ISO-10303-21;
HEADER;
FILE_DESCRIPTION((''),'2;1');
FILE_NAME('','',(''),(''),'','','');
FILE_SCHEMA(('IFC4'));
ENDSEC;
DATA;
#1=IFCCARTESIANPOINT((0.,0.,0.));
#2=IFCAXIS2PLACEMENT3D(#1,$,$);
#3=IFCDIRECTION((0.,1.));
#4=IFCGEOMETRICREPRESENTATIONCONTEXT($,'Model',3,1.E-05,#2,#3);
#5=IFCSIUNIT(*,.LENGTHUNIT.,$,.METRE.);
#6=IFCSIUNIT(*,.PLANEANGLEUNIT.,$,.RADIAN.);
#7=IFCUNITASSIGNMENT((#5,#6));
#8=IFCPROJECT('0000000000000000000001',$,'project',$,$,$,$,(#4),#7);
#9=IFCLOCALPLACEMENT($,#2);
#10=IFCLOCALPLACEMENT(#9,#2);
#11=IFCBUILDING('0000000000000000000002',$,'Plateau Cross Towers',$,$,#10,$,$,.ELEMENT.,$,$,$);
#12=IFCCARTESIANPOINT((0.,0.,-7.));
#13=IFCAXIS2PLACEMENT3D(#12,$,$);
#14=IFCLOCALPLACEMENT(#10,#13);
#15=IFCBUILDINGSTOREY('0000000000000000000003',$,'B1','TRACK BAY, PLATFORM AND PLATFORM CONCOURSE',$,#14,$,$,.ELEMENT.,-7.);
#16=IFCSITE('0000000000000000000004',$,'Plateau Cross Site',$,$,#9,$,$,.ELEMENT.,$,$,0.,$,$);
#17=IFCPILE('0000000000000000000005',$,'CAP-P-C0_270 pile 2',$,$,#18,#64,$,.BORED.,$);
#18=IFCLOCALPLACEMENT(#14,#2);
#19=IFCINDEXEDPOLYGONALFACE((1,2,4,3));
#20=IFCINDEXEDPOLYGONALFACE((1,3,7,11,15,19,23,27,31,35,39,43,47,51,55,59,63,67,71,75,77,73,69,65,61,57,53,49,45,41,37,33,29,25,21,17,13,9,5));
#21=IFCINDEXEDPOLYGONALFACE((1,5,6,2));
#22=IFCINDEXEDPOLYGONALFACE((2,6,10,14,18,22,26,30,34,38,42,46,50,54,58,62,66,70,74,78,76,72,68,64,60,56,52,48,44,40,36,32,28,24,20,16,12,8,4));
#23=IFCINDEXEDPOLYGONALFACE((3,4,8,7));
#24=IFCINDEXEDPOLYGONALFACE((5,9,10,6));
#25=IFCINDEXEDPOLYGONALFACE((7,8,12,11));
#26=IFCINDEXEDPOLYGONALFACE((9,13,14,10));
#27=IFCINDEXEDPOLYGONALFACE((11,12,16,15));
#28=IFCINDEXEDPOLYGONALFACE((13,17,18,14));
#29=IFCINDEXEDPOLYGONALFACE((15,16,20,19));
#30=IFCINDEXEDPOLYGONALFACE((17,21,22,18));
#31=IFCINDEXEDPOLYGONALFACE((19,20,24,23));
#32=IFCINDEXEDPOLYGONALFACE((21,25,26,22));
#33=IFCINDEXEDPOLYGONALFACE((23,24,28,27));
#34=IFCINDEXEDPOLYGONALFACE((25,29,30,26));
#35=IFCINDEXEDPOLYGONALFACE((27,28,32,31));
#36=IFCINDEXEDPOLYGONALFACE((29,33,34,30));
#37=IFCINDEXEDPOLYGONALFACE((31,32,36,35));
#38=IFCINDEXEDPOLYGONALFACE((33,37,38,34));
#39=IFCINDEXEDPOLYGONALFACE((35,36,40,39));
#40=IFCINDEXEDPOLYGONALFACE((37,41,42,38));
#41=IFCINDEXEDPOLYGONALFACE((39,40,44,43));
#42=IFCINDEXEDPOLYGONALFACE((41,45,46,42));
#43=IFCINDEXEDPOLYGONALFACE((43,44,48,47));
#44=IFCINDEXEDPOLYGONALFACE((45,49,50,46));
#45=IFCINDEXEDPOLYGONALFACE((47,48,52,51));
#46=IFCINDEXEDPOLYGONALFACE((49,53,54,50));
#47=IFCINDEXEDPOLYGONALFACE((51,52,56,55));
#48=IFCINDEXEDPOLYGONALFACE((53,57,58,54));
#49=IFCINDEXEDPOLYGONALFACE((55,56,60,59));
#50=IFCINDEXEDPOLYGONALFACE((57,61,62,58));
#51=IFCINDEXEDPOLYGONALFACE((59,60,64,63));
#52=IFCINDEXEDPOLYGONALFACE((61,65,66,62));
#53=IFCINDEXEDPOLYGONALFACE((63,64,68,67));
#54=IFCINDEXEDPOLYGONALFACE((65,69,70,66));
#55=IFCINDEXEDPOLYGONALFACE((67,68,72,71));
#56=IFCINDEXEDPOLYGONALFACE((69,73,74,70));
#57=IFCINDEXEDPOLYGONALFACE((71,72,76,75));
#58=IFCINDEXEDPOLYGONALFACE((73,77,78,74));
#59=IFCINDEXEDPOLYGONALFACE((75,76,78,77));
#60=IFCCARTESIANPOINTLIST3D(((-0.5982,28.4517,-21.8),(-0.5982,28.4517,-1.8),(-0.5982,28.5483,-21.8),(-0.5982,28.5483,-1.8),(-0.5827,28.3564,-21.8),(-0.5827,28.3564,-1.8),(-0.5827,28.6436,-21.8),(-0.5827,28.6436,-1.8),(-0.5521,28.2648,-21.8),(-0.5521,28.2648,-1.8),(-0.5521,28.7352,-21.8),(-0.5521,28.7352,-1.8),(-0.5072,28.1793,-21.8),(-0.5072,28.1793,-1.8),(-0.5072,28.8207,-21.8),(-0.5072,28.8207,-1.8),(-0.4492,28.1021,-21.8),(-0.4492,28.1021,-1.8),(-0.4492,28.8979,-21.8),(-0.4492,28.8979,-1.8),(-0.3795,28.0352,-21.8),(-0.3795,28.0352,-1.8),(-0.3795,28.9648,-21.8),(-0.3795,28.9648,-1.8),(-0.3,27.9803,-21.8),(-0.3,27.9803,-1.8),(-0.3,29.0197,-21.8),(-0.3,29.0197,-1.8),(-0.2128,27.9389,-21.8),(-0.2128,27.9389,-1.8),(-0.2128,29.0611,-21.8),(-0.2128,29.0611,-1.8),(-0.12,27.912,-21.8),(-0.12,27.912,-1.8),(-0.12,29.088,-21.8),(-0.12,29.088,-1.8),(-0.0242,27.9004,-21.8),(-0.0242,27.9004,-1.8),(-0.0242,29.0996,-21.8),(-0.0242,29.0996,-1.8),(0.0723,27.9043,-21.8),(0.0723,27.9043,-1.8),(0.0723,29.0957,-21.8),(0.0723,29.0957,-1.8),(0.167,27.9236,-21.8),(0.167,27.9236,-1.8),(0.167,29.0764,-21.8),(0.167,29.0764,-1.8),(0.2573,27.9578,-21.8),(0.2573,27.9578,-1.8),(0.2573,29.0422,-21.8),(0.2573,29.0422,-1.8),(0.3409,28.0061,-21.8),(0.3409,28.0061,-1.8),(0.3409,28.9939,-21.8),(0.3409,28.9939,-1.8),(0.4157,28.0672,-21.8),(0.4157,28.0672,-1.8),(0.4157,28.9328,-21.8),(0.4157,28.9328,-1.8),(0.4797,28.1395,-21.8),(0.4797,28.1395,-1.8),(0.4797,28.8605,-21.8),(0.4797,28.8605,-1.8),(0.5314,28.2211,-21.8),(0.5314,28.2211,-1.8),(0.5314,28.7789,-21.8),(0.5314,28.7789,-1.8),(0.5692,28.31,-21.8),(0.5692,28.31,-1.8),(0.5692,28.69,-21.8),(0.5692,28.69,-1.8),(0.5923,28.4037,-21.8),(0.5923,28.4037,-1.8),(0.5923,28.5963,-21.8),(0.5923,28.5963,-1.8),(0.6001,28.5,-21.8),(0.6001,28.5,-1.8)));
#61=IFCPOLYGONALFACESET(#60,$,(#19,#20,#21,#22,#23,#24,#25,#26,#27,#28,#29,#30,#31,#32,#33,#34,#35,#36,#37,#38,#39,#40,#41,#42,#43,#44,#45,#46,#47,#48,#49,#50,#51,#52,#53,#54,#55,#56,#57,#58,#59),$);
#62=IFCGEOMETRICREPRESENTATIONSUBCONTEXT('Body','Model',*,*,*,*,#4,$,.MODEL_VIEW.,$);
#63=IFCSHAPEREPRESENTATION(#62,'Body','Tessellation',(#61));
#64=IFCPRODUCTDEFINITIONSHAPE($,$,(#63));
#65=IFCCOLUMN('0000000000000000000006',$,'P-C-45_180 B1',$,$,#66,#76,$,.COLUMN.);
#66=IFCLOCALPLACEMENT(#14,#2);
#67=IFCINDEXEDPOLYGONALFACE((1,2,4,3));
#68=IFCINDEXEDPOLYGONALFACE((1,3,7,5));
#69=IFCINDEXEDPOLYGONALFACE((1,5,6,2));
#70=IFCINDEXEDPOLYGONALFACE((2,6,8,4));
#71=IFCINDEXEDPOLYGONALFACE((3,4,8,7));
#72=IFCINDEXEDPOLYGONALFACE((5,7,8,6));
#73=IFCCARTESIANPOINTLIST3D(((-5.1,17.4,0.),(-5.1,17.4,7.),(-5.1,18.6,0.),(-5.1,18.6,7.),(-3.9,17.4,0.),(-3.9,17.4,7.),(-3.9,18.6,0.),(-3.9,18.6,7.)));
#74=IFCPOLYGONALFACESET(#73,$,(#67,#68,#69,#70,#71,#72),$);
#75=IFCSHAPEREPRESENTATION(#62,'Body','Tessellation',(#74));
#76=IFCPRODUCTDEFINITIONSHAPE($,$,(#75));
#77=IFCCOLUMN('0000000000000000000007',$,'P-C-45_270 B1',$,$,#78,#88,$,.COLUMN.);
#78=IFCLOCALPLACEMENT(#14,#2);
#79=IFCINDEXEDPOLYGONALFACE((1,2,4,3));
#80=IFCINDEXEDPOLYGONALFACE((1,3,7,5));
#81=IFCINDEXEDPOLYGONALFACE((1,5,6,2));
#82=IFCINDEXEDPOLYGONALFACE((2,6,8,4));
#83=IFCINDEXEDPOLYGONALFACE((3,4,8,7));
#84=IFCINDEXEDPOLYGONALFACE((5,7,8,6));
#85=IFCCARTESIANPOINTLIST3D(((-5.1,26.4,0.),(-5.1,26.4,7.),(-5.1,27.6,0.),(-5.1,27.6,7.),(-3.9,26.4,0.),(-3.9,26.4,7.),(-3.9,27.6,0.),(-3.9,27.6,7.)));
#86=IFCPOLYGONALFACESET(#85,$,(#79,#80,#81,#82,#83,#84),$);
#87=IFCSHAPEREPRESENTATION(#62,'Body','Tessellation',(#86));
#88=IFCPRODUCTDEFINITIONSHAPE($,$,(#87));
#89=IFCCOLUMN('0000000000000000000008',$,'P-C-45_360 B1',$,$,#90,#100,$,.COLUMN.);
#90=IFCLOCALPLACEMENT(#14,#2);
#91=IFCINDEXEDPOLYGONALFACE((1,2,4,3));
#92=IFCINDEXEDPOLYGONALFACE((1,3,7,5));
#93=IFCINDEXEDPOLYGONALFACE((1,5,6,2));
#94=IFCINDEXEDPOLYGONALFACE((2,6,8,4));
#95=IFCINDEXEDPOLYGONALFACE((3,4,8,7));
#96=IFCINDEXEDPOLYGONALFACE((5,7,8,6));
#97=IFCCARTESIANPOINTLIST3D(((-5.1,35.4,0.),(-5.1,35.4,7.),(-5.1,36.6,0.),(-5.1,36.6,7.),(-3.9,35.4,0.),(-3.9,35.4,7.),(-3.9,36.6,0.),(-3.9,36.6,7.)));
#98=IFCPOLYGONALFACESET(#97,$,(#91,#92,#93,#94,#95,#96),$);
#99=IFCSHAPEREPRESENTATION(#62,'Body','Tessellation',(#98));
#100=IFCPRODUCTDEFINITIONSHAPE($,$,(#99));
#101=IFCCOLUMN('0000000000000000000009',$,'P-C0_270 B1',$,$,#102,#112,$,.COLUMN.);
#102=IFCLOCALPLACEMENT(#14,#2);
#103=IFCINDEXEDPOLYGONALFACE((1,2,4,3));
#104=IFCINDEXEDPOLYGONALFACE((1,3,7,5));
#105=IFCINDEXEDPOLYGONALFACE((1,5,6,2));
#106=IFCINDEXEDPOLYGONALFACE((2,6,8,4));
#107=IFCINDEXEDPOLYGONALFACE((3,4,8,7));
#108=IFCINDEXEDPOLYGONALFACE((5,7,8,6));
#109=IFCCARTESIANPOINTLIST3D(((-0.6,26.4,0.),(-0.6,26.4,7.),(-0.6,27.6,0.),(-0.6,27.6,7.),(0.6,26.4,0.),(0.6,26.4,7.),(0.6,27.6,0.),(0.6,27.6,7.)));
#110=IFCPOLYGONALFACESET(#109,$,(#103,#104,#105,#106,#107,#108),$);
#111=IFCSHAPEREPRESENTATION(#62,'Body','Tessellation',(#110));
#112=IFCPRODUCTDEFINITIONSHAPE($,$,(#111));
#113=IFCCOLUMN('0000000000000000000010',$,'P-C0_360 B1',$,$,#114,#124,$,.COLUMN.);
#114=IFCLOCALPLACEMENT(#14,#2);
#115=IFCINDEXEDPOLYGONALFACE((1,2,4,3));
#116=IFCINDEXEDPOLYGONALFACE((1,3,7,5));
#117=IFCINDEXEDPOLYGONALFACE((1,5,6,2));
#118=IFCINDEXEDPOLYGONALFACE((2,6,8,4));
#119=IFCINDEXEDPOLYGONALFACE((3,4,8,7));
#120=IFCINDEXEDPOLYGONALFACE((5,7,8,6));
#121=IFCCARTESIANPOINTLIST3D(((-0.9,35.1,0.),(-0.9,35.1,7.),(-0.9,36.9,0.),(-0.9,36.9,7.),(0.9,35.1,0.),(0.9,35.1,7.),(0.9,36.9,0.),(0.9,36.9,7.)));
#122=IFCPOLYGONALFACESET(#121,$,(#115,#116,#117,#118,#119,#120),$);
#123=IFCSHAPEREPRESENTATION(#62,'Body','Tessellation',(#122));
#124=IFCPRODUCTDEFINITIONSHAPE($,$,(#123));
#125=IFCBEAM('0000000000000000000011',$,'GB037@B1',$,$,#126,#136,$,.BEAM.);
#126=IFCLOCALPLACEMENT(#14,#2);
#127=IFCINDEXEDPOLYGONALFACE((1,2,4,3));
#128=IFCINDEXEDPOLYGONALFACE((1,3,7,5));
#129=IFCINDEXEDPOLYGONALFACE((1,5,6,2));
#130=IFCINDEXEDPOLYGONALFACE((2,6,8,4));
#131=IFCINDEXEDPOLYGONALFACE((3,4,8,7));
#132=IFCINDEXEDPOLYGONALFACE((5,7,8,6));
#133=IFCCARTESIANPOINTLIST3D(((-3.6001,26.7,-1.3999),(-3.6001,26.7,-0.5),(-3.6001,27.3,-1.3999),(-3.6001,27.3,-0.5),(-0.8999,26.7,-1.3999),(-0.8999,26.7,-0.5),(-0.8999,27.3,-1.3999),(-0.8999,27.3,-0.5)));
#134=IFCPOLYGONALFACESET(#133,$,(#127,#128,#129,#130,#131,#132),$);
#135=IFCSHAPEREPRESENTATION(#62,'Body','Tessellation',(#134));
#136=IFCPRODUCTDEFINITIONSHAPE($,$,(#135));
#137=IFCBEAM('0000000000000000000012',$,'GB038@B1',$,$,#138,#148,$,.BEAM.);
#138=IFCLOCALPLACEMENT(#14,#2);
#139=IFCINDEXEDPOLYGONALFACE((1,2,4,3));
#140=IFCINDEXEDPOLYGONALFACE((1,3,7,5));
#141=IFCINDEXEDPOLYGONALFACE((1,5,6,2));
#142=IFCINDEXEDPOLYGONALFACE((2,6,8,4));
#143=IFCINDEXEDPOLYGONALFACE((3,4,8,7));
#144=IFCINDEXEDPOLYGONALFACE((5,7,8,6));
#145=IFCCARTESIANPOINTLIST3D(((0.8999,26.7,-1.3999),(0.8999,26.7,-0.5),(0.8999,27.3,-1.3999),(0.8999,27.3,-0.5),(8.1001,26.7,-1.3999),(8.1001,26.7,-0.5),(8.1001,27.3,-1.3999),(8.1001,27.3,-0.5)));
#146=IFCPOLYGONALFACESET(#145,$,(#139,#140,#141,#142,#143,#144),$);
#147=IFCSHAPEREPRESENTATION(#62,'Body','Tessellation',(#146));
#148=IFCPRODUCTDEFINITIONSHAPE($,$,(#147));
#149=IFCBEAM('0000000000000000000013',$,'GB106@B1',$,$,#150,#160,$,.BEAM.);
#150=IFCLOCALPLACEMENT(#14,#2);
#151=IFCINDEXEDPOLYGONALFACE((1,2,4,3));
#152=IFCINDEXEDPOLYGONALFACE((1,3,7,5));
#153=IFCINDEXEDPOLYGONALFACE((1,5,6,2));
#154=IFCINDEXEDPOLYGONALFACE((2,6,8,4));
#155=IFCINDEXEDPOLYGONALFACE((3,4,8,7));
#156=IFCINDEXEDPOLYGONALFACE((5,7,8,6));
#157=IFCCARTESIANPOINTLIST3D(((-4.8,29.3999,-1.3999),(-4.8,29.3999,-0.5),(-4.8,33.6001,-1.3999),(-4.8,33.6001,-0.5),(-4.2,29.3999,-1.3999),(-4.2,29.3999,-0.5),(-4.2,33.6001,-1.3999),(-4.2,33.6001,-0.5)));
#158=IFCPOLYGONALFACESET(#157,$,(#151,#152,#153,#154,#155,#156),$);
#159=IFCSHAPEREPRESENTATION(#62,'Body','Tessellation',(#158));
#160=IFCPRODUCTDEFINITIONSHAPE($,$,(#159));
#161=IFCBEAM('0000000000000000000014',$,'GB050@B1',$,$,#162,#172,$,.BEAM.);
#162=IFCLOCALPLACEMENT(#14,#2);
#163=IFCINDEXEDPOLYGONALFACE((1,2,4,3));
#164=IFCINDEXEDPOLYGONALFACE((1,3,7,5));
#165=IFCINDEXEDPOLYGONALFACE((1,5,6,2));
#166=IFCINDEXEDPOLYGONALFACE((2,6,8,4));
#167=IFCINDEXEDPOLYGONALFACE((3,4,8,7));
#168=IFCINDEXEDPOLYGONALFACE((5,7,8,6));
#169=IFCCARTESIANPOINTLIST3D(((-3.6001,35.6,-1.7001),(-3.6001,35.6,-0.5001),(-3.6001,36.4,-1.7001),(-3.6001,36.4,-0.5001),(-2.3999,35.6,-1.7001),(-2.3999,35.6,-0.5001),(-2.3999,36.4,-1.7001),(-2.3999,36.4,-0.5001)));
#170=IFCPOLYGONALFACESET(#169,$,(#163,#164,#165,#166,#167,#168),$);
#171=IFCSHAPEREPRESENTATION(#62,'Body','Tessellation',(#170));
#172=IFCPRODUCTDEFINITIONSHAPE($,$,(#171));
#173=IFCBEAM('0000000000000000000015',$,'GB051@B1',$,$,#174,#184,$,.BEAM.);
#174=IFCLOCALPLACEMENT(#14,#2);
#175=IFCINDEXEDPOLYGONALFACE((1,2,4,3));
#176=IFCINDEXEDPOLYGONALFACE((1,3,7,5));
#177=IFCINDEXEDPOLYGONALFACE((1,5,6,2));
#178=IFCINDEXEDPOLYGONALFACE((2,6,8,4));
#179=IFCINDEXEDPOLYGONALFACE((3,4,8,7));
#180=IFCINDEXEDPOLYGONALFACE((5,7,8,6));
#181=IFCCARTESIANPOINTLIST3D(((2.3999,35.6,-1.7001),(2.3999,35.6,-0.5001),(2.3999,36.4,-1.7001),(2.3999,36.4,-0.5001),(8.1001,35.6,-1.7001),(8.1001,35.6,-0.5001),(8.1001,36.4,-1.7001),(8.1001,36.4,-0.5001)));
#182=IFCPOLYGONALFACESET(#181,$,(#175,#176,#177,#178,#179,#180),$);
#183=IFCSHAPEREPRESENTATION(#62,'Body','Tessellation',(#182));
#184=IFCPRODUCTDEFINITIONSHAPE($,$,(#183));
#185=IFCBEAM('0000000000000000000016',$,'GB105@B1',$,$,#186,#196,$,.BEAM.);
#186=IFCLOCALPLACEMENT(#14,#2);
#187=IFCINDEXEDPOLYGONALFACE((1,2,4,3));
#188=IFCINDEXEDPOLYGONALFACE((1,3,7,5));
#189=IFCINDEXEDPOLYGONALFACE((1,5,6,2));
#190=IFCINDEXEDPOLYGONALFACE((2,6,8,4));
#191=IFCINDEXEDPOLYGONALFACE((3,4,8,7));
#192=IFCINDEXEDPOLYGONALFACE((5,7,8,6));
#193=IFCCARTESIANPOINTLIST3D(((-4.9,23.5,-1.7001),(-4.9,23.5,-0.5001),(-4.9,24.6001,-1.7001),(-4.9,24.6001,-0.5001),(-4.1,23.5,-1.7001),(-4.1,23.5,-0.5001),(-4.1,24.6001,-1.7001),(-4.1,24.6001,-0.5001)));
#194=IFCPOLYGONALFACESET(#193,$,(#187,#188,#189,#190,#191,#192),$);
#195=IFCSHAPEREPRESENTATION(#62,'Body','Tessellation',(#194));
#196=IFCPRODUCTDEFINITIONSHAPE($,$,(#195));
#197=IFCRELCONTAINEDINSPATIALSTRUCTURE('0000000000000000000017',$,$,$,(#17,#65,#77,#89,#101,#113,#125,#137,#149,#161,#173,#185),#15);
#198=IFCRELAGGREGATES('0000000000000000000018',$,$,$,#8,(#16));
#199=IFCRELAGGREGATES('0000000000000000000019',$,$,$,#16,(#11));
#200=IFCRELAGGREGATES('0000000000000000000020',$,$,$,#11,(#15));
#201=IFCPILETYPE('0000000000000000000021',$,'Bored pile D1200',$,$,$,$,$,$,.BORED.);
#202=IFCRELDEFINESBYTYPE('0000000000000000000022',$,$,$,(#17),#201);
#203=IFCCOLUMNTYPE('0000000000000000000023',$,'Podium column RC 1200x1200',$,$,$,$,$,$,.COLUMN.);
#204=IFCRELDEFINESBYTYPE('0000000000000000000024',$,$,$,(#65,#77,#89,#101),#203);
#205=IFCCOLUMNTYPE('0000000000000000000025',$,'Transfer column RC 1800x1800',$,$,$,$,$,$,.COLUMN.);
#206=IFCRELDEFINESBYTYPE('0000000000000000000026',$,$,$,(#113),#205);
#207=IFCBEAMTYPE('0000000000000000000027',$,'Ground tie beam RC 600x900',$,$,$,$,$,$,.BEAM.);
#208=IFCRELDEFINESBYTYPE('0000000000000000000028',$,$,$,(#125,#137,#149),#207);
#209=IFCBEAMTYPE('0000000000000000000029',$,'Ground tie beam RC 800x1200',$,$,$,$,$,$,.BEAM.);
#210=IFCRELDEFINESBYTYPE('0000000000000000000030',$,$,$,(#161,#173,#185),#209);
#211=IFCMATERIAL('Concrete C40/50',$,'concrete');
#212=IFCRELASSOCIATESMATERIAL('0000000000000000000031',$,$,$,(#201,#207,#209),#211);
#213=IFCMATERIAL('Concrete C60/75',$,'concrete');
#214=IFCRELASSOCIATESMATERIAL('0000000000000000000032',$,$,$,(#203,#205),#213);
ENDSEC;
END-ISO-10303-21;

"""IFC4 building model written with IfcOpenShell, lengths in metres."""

from ifc_helpers import new_model, si_unit, direction, frame, origin, origin_2d, place, context, subcontext, project, spatial, rectangle, circle, extrude, material, material_profile, profile_set, type_object, element, save


model = new_model("IFC4")

# Units and contexts
model_context = context("Model", 3, precision=1e-05, world=origin(), true_north=direction((0.0, 1.0)))
body_context = subcontext(model_context, "Body", "Model", "MODEL_VIEW")
ifc_project = project(units=[si_unit("LENGTHUNIT", "METRE"), si_unit("PLANEANGLEUNIT", "RADIAN")], contexts=[model_context])

# Site, building, storey
site_placement = place(None, origin())
site = spatial("IfcSite", under=ifc_project, at=site_placement, Name="Plateau Cross Site", CompositionType="ELEMENT", RefElevation=0.0)
building_placement = place(site_placement, origin())
building = spatial("IfcBuilding", under=site, at=building_placement, Name="Plateau Cross Towers", CompositionType="ELEMENT")
storey_placement = place(building_placement, frame((0.0, 0.0, -7.0)))
storey = spatial("IfcBuildingStorey", under=building, at=storey_placement, Name="B1", Description="TRACK BAY, PLATFORM AND PLATFORM CONCOURSE", CompositionType="ELEMENT", Elevation=-7.0)

# Pile
ifc_material_1 = material(Name="Concrete C40/50", Category="concrete")
ifc_material_profile_1 = material_profile(ifc_material_1, circle(Radius=0.6001, at=origin_2d()), Name="Bored pile D1200")
ifc_profile_set_1 = profile_set([ifc_material_profile_1], Name="Concrete C40/50")
pile_type = type_object("IfcPileType", Name="Bored pile D1200", PredefinedType="BORED", material=ifc_profile_set_1)
for number, where, z_axis, x_axis, name in (
    (1, (0.0, 28.5, -1.8), (0.0, 0.0, -1.0), (1.0, 0.0, 0.0), "CAP-P-C0_270 pile 2"),
):
    element("IfcPile", number, at=place(storey_placement, frame(where, z_axis=z_axis, x_axis=x_axis)), inside=storey, type_object=pile_type, Name=name, PredefinedType="BORED", context=body_context, shape_type="SweptSolid", body=[
        extrude(circle(Radius=0.6001, at=origin_2d()), origin(), (0.0, 0.0, 1.0), 20.0),
    ])

# Columns
ifc_material_2 = material(Name="Concrete C60/75", Category="concrete")
ifc_material_profile_2 = material_profile(ifc_material_2, rectangle(XDim=1.2, YDim=1.2, at=origin_2d()), Name="RC 1200x1200")
ifc_profile_set_2 = profile_set([ifc_material_profile_2], Name="Concrete C60/75")
column_type_1 = type_object("IfcColumnType", Name="Podium column RC 1200x1200", PredefinedType="COLUMN", material=ifc_profile_set_2)
for number, where, z_axis, x_axis, name in (
    (2, (-4.5, 18.0, 0.0), (0.0, 0.0, 1.0), (1.0, 0.0, 0.0), "P-C-45_180 B1"),
    (3, (-4.5, 27.0, 0.0), (0.0, 0.0, 1.0), (1.0, 0.0, 0.0), "P-C-45_270 B1"),
    (4, (-4.5, 36.0, 0.0), (0.0, 0.0, 1.0), (1.0, 0.0, 0.0), "P-C-45_360 B1"),
    (5, (0.0, 27.0, 0.0), (0.0, 0.0, 1.0), (1.0, 0.0, 0.0), "P-C0_270 B1"),
):
    element("IfcColumn", number, at=place(storey_placement, frame(where, z_axis=z_axis, x_axis=x_axis)), inside=storey, type_object=column_type_1, Name=name, PredefinedType="COLUMN", context=body_context, shape_type="SweptSolid", body=[
        extrude(rectangle(XDim=1.2, YDim=1.2, at=origin_2d()), origin(), (0.0, 0.0, 1.0), 7.0),
    ])
ifc_material_profile_3 = material_profile(ifc_material_2, rectangle(XDim=1.8, YDim=1.8, at=origin_2d()), Name="RC 1800x1800")
ifc_profile_set_3 = profile_set([ifc_material_profile_3], Name="Concrete C60/75")
column_type_2 = type_object("IfcColumnType", Name="Transfer column RC 1800x1800", PredefinedType="COLUMN", material=ifc_profile_set_3)
column_placement = place(storey_placement, frame((0.0, 36.0, 0.0), z_axis=(0.0, 0.0, 1.0), x_axis=(1.0, 0.0, 0.0)))
element("IfcColumn", 6, at=column_placement, inside=storey, type_object=column_type_2, Name="P-C0_360 B1", PredefinedType="COLUMN", context=body_context, shape_type="SweptSolid", body=[
    extrude(rectangle(XDim=1.8, YDim=1.8, at=origin_2d()), origin(), (0.0, 0.0, 1.0), 7.0),
])

# Beams
ifc_material_profile_4 = material_profile(ifc_material_1, rectangle(XDim=0.6001, YDim=0.8999, at=origin_2d()), Name="RC 600x900")
ifc_profile_set_4 = profile_set([ifc_material_profile_4], Name="Concrete C40/50")
beam_type_1 = type_object("IfcBeamType", Name="Ground tie beam RC 600x900", PredefinedType="BEAM", material=ifc_profile_set_4)
beam_1_placement = place(storey_placement, frame((-3.6001, 27.0, -0.95), z_axis=(1.0, 0.0, 0.0), x_axis=(0.0, 1.0, 0.0)))
element("IfcBeam", 7, at=beam_1_placement, inside=storey, type_object=beam_type_1, Name="GB037@B1", PredefinedType="BEAM", context=body_context, shape_type="SweptSolid", body=[
    extrude(rectangle(XDim=0.6001, YDim=0.8999, at=origin_2d()), origin(), (0.0, 0.0, 1.0), 2.7002),
])
beam_2_placement = place(storey_placement, frame((0.8999, 27.0, -0.95), z_axis=(1.0, 0.0, 0.0), x_axis=(0.0, 1.0, 0.0)))
element("IfcBeam", 8, at=beam_2_placement, inside=storey, type_object=beam_type_1, Name="GB038@B1", PredefinedType="BEAM", context=body_context, shape_type="SweptSolid", body=[
    extrude(rectangle(XDim=0.6001, YDim=0.8999, at=origin_2d()), origin(), (0.0, 0.0, 1.0), 7.2002),
])
beam_3_placement = place(storey_placement, frame((-4.5, 29.3999, -0.95), z_axis=(0.0, 1.0, 0.0), x_axis=(-1.0, 0.0, 0.0)))
element("IfcBeam", 9, at=beam_3_placement, inside=storey, type_object=beam_type_1, Name="GB106@B1", PredefinedType="BEAM", context=body_context, shape_type="SweptSolid", body=[
    extrude(rectangle(XDim=0.6001, YDim=0.8999, at=origin_2d()), origin(), (0.0, 0.0, 1.0), 4.2002),
])
ifc_material_profile_5 = material_profile(ifc_material_1, rectangle(XDim=0.8, YDim=1.2, at=origin_2d()), Name="RC 800x1200")
ifc_profile_set_5 = profile_set([ifc_material_profile_5], Name="Concrete C40/50")
beam_type_2 = type_object("IfcBeamType", Name="Ground tie beam RC 800x1200", PredefinedType="BEAM", material=ifc_profile_set_5)
beam_4_placement = place(storey_placement, frame((-3.6001, 36.0, -1.1001), z_axis=(1.0, 0.0, 0.0), x_axis=(0.0, 1.0, 0.0)))
element("IfcBeam", 10, at=beam_4_placement, inside=storey, type_object=beam_type_2, Name="GB050@B1", PredefinedType="BEAM", context=body_context, shape_type="SweptSolid", body=[
    extrude(rectangle(XDim=0.8, YDim=1.2, at=origin_2d()), origin(), (0.0, 0.0, 1.0), 1.2002),
])
beam_5_placement = place(storey_placement, frame((2.3999, 36.0, -1.1001), z_axis=(1.0, 0.0, 0.0), x_axis=(0.0, 1.0, 0.0)))
element("IfcBeam", 11, at=beam_5_placement, inside=storey, type_object=beam_type_2, Name="GB051@B1", PredefinedType="BEAM", context=body_context, shape_type="SweptSolid", body=[
    extrude(rectangle(XDim=0.8, YDim=1.2, at=origin_2d()), origin(), (0.0, 0.0, 1.0), 5.7002),
])
for number, where, z_axis, x_axis, name in (
    (12, (-4.5, 23.5, -1.1001), (0.0, 1.0, 0.0), (-1.0, 0.0, 0.0), "GB105@B1"),
):
    element("IfcBeam", number, at=place(storey_placement, frame(where, z_axis=z_axis, x_axis=x_axis)), inside=storey, type_object=beam_type_2, Name=name, PredefinedType="BEAM", context=body_context, shape_type="SweptSolid", body=[
        extrude(rectangle(XDim=0.8, YDim=1.2, at=origin_2d()), origin(), (0.0, 0.0, 1.0), 1.1001),
    ])

save(model, "model.ifc")
